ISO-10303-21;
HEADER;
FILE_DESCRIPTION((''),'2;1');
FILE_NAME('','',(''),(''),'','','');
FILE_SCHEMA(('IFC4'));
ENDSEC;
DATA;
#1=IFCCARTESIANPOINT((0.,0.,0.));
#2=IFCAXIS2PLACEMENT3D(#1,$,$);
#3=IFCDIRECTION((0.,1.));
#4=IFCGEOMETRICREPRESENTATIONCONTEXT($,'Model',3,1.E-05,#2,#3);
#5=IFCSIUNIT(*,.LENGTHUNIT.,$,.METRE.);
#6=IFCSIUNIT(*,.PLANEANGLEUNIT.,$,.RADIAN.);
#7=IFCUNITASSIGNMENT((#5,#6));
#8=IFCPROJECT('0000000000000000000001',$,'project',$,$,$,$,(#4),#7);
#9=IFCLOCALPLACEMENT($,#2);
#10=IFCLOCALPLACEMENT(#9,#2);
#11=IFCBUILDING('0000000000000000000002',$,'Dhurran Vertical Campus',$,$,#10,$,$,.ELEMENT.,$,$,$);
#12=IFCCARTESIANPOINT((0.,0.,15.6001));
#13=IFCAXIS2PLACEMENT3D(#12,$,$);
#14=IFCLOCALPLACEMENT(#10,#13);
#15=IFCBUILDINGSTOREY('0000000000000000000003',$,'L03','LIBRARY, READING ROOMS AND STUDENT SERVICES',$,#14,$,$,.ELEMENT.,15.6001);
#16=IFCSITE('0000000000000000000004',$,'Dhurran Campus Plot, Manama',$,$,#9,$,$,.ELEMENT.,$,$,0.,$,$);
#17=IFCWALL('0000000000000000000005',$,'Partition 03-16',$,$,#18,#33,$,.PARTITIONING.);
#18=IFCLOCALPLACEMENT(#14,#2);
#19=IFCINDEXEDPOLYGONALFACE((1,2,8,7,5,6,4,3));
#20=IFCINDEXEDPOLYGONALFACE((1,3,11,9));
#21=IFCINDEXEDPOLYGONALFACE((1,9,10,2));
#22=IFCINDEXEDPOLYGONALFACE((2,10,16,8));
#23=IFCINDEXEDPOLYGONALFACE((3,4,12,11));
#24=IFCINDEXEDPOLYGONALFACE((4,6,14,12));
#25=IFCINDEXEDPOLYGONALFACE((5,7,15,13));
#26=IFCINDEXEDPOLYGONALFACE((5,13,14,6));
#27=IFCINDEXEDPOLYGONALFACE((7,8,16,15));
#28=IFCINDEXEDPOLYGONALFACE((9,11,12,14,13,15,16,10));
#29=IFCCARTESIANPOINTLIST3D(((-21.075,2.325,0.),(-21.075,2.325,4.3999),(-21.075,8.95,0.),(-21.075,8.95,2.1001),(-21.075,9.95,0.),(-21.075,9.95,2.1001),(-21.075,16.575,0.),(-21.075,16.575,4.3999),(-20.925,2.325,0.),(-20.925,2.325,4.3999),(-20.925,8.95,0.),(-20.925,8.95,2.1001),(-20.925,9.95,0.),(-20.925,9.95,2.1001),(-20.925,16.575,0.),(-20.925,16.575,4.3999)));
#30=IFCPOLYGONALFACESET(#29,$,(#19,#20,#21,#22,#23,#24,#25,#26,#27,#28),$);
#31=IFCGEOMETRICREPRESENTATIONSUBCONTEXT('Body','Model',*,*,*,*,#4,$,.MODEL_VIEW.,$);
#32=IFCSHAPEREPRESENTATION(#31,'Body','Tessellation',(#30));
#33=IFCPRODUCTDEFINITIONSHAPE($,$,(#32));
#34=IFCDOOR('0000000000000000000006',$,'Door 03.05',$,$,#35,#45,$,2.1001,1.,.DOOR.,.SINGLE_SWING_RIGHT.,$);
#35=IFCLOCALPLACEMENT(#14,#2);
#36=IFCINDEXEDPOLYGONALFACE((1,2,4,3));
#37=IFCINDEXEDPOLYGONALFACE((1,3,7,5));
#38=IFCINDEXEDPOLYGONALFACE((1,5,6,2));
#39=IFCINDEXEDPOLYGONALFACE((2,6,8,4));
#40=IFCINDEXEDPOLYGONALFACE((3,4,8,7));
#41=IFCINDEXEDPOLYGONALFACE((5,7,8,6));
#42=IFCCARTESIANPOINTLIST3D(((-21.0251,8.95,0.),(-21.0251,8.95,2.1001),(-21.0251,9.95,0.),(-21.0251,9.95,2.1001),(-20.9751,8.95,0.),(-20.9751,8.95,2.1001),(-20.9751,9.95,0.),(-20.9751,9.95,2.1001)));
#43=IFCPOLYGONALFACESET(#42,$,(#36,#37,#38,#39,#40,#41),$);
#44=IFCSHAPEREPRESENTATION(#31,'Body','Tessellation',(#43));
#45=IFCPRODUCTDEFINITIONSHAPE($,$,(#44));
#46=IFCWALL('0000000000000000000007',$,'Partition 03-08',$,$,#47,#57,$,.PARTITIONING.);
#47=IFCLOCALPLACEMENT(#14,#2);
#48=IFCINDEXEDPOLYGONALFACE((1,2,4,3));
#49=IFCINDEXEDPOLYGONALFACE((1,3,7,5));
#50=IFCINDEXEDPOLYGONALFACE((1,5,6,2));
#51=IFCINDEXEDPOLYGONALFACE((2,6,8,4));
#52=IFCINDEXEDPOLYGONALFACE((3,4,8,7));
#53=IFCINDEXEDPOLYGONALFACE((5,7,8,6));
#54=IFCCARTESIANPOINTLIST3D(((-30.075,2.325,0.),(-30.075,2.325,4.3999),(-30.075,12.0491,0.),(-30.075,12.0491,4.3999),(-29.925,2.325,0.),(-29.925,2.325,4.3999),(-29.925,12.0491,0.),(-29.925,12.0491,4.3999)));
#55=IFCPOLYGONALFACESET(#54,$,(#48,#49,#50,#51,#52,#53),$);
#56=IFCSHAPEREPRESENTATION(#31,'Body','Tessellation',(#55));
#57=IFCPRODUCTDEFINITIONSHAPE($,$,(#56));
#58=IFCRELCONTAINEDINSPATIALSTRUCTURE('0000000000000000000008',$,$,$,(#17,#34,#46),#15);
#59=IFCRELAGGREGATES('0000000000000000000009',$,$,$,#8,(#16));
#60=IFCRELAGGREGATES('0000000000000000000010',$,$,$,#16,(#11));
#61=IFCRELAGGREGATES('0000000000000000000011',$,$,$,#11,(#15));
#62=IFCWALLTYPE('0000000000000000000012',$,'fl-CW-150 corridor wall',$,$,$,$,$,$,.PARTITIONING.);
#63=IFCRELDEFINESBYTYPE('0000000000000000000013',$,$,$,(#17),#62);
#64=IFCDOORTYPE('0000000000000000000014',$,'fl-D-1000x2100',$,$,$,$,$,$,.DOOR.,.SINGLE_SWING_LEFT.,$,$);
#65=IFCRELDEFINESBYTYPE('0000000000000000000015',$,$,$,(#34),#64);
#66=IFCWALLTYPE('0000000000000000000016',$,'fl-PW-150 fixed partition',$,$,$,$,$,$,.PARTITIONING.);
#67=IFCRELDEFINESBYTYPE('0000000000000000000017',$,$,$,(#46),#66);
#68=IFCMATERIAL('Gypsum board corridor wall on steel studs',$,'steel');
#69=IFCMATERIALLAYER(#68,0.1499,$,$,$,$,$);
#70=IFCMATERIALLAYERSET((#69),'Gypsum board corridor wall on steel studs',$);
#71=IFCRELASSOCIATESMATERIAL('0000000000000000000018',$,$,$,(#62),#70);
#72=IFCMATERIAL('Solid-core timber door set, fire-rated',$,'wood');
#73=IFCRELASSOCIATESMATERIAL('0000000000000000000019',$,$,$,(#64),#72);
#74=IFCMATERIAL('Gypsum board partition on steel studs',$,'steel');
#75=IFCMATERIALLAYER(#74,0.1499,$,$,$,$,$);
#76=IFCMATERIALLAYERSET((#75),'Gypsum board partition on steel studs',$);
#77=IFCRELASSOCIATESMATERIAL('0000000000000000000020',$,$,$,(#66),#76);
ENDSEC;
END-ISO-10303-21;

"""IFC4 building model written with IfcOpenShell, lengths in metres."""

from ifc_helpers import new_model, si_unit, direction, frame, frame_2d, origin, place, context, subcontext, project, spatial, rectangle, extrude, material, layer, layer_set, type_object, element, fill, save


model = new_model("IFC4")

# Units and contexts
model_context = context("Model", 3, precision=1e-05, world=origin(), true_north=direction((0.0, 1.0)))
body_context = subcontext(model_context, "Body", "Model", "MODEL_VIEW")
ifc_project = project(units=[si_unit("LENGTHUNIT", "METRE"), si_unit("PLANEANGLEUNIT", "RADIAN")], contexts=[model_context])

# Site, building, storey
site_placement = place(None, origin())
site = spatial("IfcSite", under=ifc_project, at=site_placement, Name="Dhurran Campus Plot, Manama", CompositionType="ELEMENT", RefElevation=0.0)
building_placement = place(site_placement, origin())
building = spatial("IfcBuilding", under=site, at=building_placement, Name="Dhurran Vertical Campus", CompositionType="ELEMENT")
storey_placement = place(building_placement, frame((0.0, 0.0, 15.6001)))
storey = spatial("IfcBuildingStorey", under=building, at=storey_placement, Name="L03", Description="LIBRARY, READING ROOMS AND STUDENT SERVICES", CompositionType="ELEMENT", Elevation=15.6001)

# Wall, opening, door
ifc_material_1 = material(Name="Gypsum board corridor wall on steel studs", Category="steel")
ifc_layer_1 = layer(ifc_material_1, 0.1499)
ifc_layer_set_1 = layer_set([ifc_layer_1], Name="Gypsum board corridor wall on steel studs")
wall_type_1 = type_object("IfcWallType", Name="fl-CW-150 corridor wall", PredefinedType="PARTITIONING", material=ifc_layer_set_1)
wall_1_placement = place(storey_placement, frame((-21.0, 16.575, 0.0), z_axis=(0.0, 0.0, 1.0), x_axis=(0.0, -1.0, 0.0)))
wall_1 = element("IfcWall", 1, at=wall_1_placement, inside=storey, type_object=wall_type_1, Name="Partition 03-16", PredefinedType="PARTITIONING", context=body_context, shape_type="SweptSolid", body=[
    extrude(rectangle(XDim=14.25, YDim=0.1499, at=frame_2d((7.125, 0.0))), origin(), (0.0, 0.0, 1.0), 4.3999),
])
opening_1_placement = place(wall_1_placement, frame((6.625, 0.0, 0.0)))
opening_1 = element("IfcOpeningElement", 2, at=opening_1_placement, cuts=wall_1, PredefinedType="OPENING", context=body_context, shape_type="SweptSolid", body=[
    extrude(rectangle(XDim=1.0, YDim=2.1001, at=frame_2d((0.5, 1.05))), frame((0.0, 0.085, 0.0), z_axis=(0.0, -1.0, 0.0), x_axis=(1.0, 0.0, 0.0)), (0.0, 0.0, 1.0), 0.1699),
])
ifc_material_2 = material(Name="Solid-core timber door set, fire-rated", Category="wood")
door_type_1 = type_object("IfcDoorType", Name="fl-D-1000x2100", OperationType="SINGLE_SWING_LEFT", PredefinedType="DOOR", material=ifc_material_2)
door_1_placement = place(opening_1_placement, origin())
door_1 = element("IfcDoor", 3, at=door_1_placement, inside=storey, type_object=door_type_1, Name="Door 03.05", OperationType="SINGLE_SWING_RIGHT", OverallHeight=2.1001, OverallWidth=1.0, PredefinedType="DOOR", context=body_context, shape_type="SweptSolid", body=[
    extrude(rectangle(XDim=1.0, YDim=2.1001, at=frame_2d((0.5, 1.05))), frame((0.0, 0.0249, 0.0), z_axis=(0.0, -1.0, 0.0), x_axis=(1.0, 0.0, 0.0)), (0.0, 0.0, 1.0), 0.05),
])
fill(opening_1, door_1)

# Wall
ifc_material_3 = material(Name="Gypsum board partition on steel studs", Category="steel")
ifc_layer_2 = layer(ifc_material_3, 0.1499)
ifc_layer_set_2 = layer_set([ifc_layer_2], Name="Gypsum board partition on steel studs")
wall_type_2 = type_object("IfcWallType", Name="fl-PW-150 fixed partition", PredefinedType="PARTITIONING", material=ifc_layer_set_2)
wall_2_placement = place(storey_placement, frame((-30.0, 12.0491, 0.0), z_axis=(0.0, 0.0, 1.0), x_axis=(0.0, -1.0, 0.0)))
element("IfcWall", 4, at=wall_2_placement, inside=storey, type_object=wall_type_2, Name="Partition 03-08", PredefinedType="PARTITIONING", context=body_context, shape_type="SweptSolid", body=[
    extrude(rectangle(XDim=9.7241, YDim=0.1499, at=frame_2d((4.8621, 0.0))), origin(), (0.0, 0.0, 1.0), 4.3999),
])

save(model, "model.ifc")
